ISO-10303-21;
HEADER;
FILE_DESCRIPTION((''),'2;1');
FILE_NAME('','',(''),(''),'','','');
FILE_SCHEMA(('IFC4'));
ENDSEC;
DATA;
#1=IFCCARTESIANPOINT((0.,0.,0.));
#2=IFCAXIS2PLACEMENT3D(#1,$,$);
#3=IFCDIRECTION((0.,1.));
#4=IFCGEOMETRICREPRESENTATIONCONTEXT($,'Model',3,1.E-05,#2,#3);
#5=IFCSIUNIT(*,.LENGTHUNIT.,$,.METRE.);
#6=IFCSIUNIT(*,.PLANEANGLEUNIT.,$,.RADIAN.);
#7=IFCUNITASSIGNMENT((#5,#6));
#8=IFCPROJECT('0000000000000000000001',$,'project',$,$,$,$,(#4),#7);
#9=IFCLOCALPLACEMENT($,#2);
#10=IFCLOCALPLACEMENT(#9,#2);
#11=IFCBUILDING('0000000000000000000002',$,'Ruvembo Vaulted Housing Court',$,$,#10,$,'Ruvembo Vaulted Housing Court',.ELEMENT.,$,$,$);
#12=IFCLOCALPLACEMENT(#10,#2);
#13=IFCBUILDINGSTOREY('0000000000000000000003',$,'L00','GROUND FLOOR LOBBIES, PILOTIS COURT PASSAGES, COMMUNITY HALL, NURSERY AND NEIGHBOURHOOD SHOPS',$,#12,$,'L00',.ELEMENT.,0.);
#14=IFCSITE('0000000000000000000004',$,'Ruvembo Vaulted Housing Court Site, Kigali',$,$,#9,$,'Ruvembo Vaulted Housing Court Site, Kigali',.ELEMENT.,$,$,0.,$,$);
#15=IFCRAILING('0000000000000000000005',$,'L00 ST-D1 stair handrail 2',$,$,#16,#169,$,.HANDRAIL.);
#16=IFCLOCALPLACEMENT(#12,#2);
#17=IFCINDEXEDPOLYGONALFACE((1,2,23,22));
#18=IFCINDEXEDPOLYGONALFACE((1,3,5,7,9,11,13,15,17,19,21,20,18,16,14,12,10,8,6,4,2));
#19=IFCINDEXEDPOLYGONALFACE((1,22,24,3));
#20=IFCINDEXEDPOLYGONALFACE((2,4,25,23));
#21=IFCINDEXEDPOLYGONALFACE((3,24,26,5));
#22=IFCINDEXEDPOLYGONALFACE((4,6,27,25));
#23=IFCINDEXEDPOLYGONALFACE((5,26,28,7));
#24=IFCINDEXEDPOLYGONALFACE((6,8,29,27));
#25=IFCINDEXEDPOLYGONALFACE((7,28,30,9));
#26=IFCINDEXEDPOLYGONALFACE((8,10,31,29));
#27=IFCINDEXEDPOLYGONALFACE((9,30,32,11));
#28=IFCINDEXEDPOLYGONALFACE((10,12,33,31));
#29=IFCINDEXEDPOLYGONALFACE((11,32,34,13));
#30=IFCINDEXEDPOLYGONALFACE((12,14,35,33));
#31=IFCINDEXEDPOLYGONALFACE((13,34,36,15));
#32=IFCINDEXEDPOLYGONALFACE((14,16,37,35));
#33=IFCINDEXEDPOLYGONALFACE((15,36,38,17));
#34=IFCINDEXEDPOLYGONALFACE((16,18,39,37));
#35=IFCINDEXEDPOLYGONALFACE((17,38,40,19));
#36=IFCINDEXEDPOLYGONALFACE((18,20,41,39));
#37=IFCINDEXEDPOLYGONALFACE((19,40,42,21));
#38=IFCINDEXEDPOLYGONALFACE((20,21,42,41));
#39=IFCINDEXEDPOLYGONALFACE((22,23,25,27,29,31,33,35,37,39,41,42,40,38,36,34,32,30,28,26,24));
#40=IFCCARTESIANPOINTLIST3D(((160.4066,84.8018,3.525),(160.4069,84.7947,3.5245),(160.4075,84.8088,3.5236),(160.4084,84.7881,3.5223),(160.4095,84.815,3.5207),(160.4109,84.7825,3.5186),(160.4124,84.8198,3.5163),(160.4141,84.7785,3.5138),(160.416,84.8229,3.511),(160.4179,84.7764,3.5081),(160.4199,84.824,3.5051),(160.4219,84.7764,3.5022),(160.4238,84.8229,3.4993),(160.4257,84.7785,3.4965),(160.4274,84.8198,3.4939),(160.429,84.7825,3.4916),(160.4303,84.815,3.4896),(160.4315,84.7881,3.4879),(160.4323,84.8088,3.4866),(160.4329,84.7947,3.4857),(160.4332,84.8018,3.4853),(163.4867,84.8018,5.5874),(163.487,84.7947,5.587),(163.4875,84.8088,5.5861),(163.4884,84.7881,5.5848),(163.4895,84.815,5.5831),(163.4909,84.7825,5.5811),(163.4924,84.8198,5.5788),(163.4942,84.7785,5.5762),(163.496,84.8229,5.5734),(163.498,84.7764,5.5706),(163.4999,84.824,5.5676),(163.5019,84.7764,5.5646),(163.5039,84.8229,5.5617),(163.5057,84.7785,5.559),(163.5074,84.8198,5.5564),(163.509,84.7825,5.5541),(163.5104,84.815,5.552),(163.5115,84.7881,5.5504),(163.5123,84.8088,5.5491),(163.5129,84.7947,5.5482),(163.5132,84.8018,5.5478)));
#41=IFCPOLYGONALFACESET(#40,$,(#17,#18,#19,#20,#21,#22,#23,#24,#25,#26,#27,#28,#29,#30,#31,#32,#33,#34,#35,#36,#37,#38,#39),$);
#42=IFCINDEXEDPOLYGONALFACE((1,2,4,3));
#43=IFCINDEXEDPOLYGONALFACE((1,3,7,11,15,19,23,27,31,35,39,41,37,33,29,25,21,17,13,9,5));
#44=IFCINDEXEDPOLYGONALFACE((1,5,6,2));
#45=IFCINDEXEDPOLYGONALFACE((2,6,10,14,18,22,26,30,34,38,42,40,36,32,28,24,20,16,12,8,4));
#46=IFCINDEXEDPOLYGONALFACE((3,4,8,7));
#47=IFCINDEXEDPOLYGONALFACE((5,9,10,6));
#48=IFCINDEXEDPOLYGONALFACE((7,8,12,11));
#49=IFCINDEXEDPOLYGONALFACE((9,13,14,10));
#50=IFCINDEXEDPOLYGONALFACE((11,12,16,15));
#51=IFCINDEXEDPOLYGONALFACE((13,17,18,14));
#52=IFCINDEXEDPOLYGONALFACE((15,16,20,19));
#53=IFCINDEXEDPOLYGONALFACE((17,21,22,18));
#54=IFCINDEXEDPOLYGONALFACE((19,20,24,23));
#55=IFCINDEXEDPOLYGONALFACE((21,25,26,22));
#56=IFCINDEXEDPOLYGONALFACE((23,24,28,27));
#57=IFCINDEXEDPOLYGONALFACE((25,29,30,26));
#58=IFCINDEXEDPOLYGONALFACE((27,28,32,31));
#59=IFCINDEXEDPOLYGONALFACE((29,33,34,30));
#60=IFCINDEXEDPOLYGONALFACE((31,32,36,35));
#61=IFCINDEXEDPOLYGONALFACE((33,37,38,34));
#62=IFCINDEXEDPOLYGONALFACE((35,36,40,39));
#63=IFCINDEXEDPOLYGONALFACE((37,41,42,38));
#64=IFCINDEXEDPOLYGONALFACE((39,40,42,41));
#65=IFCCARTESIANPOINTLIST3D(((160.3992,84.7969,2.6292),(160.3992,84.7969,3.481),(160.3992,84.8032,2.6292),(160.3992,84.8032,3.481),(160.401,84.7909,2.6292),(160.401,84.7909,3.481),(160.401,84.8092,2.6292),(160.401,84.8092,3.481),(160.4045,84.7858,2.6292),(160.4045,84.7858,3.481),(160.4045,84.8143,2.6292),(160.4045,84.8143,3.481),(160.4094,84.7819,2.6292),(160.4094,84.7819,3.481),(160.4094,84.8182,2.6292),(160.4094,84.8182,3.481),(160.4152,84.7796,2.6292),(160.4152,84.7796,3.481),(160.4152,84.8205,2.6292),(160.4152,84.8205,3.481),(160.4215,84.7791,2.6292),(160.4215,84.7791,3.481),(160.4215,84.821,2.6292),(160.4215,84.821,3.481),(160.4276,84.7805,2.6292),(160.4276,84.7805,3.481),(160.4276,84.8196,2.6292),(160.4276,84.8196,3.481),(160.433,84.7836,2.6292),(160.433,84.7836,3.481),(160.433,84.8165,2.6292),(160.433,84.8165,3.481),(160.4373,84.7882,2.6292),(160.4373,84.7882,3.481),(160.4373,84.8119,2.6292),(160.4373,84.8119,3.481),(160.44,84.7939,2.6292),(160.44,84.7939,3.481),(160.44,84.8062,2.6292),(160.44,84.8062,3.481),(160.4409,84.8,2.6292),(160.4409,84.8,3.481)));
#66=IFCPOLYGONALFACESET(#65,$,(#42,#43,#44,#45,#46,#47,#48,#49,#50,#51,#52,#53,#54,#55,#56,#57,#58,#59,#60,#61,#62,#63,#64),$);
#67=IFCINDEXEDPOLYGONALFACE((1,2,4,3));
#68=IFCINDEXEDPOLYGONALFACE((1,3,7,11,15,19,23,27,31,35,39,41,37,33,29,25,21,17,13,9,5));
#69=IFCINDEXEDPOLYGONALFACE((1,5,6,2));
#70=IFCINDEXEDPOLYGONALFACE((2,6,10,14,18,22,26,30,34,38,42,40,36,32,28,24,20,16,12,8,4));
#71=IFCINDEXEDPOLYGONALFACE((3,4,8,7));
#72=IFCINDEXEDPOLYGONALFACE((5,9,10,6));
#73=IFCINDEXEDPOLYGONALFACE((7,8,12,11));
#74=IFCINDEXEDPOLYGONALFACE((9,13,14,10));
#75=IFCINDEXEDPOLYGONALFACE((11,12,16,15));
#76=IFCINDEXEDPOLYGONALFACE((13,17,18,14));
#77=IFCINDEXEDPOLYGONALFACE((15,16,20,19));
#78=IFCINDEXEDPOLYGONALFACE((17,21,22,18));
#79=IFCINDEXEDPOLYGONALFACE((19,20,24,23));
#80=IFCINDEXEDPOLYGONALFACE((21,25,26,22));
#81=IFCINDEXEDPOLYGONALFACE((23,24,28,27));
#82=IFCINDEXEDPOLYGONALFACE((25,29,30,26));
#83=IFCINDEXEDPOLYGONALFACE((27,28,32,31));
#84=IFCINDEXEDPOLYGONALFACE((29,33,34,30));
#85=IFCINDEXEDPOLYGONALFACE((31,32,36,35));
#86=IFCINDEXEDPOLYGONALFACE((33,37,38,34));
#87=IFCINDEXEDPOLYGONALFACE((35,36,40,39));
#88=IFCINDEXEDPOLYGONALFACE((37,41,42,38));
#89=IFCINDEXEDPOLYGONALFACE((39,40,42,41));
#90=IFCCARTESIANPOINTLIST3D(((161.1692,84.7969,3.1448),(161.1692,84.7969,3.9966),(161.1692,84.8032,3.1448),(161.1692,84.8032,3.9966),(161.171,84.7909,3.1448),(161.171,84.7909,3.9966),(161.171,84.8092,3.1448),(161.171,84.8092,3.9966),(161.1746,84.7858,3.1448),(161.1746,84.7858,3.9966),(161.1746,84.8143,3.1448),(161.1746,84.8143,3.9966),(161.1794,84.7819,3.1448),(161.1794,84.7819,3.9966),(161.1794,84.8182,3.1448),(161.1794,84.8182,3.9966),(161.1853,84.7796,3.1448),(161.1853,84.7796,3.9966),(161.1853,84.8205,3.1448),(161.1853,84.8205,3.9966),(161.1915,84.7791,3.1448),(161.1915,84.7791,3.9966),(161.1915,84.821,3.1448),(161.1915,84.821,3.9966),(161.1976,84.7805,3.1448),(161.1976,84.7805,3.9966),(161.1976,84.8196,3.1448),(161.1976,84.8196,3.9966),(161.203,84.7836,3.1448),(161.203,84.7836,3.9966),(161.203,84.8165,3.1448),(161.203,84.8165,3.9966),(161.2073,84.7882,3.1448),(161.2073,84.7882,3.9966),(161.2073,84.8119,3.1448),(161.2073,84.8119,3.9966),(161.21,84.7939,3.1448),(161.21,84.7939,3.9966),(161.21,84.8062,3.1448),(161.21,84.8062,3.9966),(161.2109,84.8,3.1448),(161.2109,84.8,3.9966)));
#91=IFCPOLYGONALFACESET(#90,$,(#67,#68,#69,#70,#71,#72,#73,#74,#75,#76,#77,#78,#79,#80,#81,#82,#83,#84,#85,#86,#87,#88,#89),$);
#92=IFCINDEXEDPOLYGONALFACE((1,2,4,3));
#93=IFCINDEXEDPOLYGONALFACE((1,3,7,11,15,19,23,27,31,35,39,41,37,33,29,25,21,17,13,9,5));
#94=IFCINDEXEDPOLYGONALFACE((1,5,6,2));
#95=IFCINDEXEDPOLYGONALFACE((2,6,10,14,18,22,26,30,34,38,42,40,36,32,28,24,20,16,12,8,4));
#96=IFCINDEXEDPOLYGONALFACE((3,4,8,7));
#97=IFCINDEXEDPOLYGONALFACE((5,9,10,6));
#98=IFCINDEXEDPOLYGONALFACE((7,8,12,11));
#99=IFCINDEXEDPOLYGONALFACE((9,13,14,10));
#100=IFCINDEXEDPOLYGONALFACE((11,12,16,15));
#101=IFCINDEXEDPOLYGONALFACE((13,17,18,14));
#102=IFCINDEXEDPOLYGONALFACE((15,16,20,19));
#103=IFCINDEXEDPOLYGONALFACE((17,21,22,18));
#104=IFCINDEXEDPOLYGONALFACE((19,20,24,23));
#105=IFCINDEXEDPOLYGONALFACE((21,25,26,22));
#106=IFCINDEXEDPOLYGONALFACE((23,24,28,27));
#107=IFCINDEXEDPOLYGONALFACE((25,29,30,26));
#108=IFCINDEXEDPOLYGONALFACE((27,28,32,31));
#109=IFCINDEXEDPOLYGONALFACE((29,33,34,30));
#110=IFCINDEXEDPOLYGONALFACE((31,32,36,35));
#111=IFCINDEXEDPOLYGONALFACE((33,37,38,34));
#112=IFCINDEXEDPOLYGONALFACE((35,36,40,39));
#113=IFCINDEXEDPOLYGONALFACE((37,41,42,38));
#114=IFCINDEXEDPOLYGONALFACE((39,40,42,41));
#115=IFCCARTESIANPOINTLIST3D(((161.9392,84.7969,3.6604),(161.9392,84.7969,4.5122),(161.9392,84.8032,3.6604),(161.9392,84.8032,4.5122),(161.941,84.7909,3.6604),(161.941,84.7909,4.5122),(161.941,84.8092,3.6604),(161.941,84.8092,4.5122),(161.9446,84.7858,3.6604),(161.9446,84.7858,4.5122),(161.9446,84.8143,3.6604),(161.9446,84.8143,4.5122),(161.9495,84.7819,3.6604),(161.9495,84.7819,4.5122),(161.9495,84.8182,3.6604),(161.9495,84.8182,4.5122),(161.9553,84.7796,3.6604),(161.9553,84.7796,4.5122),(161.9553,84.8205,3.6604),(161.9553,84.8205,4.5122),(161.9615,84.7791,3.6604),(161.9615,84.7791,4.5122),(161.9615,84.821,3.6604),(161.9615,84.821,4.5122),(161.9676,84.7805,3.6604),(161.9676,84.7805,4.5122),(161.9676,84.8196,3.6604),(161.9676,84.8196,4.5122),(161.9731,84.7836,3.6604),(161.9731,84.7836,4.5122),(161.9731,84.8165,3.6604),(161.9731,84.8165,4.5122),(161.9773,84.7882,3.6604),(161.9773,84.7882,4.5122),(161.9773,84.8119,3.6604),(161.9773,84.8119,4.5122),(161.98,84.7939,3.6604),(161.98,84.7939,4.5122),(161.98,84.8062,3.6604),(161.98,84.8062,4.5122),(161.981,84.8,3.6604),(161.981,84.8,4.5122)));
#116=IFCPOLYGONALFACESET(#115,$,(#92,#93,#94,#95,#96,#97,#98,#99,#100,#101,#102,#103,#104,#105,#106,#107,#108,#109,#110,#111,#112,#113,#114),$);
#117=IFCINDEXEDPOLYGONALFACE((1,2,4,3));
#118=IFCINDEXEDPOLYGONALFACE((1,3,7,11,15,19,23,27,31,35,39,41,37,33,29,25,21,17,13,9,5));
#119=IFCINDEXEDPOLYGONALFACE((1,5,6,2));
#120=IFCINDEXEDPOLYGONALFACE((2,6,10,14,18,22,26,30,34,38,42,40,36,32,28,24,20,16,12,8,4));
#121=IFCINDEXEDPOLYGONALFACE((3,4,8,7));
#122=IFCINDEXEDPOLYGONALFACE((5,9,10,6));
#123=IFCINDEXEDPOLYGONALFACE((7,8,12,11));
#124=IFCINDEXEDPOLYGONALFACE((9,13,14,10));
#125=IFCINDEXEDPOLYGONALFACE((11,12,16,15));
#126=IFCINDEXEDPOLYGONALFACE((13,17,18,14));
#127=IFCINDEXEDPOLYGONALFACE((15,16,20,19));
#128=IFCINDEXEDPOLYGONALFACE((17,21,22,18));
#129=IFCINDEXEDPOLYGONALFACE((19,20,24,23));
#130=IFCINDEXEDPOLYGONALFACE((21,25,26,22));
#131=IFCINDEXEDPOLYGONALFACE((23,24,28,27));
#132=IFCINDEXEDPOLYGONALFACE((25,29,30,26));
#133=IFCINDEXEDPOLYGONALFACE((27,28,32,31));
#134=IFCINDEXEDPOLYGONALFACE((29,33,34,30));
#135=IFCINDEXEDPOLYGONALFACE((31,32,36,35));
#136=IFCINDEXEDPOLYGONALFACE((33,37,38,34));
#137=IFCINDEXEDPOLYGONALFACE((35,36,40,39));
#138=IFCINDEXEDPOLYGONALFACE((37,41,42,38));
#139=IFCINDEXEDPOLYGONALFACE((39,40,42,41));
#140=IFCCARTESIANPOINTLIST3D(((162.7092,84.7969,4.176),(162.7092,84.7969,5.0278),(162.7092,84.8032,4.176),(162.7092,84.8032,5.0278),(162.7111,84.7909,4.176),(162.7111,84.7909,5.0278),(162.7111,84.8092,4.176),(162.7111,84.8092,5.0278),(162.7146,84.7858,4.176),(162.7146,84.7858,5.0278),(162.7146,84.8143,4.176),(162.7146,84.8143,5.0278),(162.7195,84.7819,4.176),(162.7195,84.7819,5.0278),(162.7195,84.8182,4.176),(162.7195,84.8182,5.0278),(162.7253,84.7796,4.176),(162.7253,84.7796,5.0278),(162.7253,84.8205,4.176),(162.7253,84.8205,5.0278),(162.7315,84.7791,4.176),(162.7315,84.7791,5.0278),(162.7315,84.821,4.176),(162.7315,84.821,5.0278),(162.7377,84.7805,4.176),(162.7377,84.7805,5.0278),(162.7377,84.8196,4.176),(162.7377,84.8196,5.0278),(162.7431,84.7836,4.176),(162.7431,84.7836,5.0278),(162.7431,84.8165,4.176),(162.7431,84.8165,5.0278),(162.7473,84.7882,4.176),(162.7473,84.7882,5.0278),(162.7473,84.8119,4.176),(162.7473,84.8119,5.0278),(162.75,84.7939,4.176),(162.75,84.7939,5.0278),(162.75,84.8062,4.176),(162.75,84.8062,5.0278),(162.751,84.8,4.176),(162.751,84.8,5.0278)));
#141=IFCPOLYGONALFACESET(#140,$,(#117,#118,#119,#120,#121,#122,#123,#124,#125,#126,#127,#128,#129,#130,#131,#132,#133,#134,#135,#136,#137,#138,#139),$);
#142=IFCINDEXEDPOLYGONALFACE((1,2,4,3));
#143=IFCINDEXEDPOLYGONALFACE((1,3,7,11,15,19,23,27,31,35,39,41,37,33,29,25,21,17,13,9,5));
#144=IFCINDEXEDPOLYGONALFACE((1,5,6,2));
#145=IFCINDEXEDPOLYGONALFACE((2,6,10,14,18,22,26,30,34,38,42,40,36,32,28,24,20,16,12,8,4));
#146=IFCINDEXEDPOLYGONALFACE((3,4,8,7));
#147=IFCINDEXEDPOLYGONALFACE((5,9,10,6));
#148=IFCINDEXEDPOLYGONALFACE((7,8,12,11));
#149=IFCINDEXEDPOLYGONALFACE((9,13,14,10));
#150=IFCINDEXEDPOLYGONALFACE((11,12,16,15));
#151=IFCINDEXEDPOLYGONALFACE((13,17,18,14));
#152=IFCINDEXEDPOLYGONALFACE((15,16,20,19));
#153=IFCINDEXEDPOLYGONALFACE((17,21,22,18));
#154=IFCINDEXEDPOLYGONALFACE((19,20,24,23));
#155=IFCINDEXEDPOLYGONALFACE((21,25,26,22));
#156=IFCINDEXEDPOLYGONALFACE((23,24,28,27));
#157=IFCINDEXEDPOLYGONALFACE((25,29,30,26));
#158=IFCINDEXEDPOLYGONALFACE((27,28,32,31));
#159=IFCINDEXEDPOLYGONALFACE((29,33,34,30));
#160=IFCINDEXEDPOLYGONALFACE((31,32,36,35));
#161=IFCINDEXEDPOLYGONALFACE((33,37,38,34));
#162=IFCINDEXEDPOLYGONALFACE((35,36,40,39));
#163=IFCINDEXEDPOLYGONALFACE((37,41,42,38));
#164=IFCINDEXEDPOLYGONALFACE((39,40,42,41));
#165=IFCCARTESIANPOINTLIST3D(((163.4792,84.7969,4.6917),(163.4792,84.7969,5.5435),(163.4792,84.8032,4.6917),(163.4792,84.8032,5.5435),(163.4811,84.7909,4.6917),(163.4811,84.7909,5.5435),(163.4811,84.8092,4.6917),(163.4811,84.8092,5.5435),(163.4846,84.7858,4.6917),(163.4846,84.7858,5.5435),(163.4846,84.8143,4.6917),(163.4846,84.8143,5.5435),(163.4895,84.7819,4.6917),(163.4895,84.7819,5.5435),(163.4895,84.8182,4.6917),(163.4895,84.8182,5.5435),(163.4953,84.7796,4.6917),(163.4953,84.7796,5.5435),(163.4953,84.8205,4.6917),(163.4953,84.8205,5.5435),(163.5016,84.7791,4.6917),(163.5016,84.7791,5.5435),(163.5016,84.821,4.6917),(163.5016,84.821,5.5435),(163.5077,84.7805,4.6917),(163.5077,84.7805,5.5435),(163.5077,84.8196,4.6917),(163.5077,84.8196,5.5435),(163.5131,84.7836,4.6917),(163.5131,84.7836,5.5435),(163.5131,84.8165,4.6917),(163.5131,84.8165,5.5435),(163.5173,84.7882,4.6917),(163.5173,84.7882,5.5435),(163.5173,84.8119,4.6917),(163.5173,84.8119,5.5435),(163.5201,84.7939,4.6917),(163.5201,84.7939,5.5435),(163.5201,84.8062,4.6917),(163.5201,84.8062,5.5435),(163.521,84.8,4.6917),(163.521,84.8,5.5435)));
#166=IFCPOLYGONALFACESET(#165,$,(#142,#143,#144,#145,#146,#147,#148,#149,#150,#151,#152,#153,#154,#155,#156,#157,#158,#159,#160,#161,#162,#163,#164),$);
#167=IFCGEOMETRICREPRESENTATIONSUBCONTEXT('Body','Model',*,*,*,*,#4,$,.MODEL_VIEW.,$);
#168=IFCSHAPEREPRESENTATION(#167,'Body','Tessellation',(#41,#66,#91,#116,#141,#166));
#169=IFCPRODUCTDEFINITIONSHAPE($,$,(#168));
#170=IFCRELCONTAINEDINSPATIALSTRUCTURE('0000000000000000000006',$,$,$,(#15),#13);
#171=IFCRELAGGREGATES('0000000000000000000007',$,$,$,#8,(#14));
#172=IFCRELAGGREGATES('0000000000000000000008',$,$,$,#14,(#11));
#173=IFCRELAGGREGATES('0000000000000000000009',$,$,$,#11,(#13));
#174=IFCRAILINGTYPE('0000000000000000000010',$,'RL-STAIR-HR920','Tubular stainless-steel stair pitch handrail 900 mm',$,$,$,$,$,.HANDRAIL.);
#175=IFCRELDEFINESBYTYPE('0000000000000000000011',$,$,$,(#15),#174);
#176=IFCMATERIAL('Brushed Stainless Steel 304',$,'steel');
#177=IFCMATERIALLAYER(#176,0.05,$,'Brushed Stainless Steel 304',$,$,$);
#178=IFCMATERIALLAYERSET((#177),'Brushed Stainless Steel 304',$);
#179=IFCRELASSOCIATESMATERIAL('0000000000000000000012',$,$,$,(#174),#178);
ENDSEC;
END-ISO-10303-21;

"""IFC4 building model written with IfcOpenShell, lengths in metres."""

from ifc_helpers import new_model, si_unit, direction, frame, origin, origin_2d, place, context, subcontext, project, spatial, circle, extrude, material, layer, layer_set, type_object, element, save


model = new_model("IFC4")

# Units and contexts
model_context = context("Model", 3, precision=1e-05, world=origin(), true_north=direction((0.0, 1.0)))
body_context = subcontext(model_context, "Body", "Model", "MODEL_VIEW")
ifc_project = project(units=[si_unit("LENGTHUNIT", "METRE"), si_unit("PLANEANGLEUNIT", "RADIAN")], contexts=[model_context])

# Site, building, storey
site_placement = place(None, origin())
site = spatial("IfcSite", under=ifc_project, at=site_placement, Name="Ruvembo Vaulted Housing Court Site, Kigali", LongName="Ruvembo Vaulted Housing Court Site, Kigali", CompositionType="ELEMENT", RefElevation=0.0)
building_placement = place(site_placement, origin())
building = spatial("IfcBuilding", under=site, at=building_placement, Name="Ruvembo Vaulted Housing Court", LongName="Ruvembo Vaulted Housing Court", CompositionType="ELEMENT")
storey_placement = place(building_placement, origin())
storey = spatial("IfcBuildingStorey", under=building, at=storey_placement, Name="L00", Description="GROUND FLOOR LOBBIES, PILOTIS COURT PASSAGES, COMMUNITY HALL, NURSERY AND NEIGHBOURHOOD SHOPS", LongName="L00", CompositionType="ELEMENT", Elevation=0.0)

# Shared definitions
ifc_material_1 = material(Name="Brushed Stainless Steel 304", Category="steel")

# Railing
ifc_layer_1 = layer(ifc_material_1, 0.05, Name="Brushed Stainless Steel 304")
ifc_layer_set_1 = layer_set([ifc_layer_1], Name="Brushed Stainless Steel 304")
railing_type_1 = type_object("IfcRailingType", Name="RL-STAIR-HR920", Description="Tubular stainless-steel stair pitch handrail 900 mm", PredefinedType="HANDRAIL", material=ifc_layer_set_1)
railing_1_placement = place(storey_placement, frame((160.4199, 84.8, 2.6292)))
element("IfcRailing", 1, at=railing_1_placement, inside=storey, type_object=railing_type_1, Name="L00 ST-D1 stair handrail 2", PredefinedType="HANDRAIL", context=body_context, shape_type="SweptSolid", body=[
    extrude(circle(Radius=0.0239, at=origin_2d()), frame((0.0, 0.0, 0.876), z_axis=(0.830914, 0.0, 0.556401), x_axis=(0.0, 1.0, 0.0)), (0.0, 0.0, 1.0), 3.7068),
    extrude(circle(Radius=0.021, at=origin_2d()), origin(), (0.0, 0.0, 1.0), 0.8518),
    extrude(circle(Radius=0.021, at=origin_2d()), frame((0.77, 0.0, 0.5156)), (0.0, 0.0, 1.0), 0.8518),
    extrude(circle(Radius=0.021, at=origin_2d()), frame((1.54, 0.0, 1.0312)), (0.0, 0.0, 1.0), 0.8518),
    extrude(circle(Radius=0.021, at=origin_2d()), frame((2.3101, 0.0, 1.5469)), (0.0, 0.0, 1.0), 0.8518),
    extrude(circle(Radius=0.021, at=origin_2d()), frame((3.0801, 0.0, 2.0625)), (0.0, 0.0, 1.0), 0.8518),
])

save(model, "model.ifc")
